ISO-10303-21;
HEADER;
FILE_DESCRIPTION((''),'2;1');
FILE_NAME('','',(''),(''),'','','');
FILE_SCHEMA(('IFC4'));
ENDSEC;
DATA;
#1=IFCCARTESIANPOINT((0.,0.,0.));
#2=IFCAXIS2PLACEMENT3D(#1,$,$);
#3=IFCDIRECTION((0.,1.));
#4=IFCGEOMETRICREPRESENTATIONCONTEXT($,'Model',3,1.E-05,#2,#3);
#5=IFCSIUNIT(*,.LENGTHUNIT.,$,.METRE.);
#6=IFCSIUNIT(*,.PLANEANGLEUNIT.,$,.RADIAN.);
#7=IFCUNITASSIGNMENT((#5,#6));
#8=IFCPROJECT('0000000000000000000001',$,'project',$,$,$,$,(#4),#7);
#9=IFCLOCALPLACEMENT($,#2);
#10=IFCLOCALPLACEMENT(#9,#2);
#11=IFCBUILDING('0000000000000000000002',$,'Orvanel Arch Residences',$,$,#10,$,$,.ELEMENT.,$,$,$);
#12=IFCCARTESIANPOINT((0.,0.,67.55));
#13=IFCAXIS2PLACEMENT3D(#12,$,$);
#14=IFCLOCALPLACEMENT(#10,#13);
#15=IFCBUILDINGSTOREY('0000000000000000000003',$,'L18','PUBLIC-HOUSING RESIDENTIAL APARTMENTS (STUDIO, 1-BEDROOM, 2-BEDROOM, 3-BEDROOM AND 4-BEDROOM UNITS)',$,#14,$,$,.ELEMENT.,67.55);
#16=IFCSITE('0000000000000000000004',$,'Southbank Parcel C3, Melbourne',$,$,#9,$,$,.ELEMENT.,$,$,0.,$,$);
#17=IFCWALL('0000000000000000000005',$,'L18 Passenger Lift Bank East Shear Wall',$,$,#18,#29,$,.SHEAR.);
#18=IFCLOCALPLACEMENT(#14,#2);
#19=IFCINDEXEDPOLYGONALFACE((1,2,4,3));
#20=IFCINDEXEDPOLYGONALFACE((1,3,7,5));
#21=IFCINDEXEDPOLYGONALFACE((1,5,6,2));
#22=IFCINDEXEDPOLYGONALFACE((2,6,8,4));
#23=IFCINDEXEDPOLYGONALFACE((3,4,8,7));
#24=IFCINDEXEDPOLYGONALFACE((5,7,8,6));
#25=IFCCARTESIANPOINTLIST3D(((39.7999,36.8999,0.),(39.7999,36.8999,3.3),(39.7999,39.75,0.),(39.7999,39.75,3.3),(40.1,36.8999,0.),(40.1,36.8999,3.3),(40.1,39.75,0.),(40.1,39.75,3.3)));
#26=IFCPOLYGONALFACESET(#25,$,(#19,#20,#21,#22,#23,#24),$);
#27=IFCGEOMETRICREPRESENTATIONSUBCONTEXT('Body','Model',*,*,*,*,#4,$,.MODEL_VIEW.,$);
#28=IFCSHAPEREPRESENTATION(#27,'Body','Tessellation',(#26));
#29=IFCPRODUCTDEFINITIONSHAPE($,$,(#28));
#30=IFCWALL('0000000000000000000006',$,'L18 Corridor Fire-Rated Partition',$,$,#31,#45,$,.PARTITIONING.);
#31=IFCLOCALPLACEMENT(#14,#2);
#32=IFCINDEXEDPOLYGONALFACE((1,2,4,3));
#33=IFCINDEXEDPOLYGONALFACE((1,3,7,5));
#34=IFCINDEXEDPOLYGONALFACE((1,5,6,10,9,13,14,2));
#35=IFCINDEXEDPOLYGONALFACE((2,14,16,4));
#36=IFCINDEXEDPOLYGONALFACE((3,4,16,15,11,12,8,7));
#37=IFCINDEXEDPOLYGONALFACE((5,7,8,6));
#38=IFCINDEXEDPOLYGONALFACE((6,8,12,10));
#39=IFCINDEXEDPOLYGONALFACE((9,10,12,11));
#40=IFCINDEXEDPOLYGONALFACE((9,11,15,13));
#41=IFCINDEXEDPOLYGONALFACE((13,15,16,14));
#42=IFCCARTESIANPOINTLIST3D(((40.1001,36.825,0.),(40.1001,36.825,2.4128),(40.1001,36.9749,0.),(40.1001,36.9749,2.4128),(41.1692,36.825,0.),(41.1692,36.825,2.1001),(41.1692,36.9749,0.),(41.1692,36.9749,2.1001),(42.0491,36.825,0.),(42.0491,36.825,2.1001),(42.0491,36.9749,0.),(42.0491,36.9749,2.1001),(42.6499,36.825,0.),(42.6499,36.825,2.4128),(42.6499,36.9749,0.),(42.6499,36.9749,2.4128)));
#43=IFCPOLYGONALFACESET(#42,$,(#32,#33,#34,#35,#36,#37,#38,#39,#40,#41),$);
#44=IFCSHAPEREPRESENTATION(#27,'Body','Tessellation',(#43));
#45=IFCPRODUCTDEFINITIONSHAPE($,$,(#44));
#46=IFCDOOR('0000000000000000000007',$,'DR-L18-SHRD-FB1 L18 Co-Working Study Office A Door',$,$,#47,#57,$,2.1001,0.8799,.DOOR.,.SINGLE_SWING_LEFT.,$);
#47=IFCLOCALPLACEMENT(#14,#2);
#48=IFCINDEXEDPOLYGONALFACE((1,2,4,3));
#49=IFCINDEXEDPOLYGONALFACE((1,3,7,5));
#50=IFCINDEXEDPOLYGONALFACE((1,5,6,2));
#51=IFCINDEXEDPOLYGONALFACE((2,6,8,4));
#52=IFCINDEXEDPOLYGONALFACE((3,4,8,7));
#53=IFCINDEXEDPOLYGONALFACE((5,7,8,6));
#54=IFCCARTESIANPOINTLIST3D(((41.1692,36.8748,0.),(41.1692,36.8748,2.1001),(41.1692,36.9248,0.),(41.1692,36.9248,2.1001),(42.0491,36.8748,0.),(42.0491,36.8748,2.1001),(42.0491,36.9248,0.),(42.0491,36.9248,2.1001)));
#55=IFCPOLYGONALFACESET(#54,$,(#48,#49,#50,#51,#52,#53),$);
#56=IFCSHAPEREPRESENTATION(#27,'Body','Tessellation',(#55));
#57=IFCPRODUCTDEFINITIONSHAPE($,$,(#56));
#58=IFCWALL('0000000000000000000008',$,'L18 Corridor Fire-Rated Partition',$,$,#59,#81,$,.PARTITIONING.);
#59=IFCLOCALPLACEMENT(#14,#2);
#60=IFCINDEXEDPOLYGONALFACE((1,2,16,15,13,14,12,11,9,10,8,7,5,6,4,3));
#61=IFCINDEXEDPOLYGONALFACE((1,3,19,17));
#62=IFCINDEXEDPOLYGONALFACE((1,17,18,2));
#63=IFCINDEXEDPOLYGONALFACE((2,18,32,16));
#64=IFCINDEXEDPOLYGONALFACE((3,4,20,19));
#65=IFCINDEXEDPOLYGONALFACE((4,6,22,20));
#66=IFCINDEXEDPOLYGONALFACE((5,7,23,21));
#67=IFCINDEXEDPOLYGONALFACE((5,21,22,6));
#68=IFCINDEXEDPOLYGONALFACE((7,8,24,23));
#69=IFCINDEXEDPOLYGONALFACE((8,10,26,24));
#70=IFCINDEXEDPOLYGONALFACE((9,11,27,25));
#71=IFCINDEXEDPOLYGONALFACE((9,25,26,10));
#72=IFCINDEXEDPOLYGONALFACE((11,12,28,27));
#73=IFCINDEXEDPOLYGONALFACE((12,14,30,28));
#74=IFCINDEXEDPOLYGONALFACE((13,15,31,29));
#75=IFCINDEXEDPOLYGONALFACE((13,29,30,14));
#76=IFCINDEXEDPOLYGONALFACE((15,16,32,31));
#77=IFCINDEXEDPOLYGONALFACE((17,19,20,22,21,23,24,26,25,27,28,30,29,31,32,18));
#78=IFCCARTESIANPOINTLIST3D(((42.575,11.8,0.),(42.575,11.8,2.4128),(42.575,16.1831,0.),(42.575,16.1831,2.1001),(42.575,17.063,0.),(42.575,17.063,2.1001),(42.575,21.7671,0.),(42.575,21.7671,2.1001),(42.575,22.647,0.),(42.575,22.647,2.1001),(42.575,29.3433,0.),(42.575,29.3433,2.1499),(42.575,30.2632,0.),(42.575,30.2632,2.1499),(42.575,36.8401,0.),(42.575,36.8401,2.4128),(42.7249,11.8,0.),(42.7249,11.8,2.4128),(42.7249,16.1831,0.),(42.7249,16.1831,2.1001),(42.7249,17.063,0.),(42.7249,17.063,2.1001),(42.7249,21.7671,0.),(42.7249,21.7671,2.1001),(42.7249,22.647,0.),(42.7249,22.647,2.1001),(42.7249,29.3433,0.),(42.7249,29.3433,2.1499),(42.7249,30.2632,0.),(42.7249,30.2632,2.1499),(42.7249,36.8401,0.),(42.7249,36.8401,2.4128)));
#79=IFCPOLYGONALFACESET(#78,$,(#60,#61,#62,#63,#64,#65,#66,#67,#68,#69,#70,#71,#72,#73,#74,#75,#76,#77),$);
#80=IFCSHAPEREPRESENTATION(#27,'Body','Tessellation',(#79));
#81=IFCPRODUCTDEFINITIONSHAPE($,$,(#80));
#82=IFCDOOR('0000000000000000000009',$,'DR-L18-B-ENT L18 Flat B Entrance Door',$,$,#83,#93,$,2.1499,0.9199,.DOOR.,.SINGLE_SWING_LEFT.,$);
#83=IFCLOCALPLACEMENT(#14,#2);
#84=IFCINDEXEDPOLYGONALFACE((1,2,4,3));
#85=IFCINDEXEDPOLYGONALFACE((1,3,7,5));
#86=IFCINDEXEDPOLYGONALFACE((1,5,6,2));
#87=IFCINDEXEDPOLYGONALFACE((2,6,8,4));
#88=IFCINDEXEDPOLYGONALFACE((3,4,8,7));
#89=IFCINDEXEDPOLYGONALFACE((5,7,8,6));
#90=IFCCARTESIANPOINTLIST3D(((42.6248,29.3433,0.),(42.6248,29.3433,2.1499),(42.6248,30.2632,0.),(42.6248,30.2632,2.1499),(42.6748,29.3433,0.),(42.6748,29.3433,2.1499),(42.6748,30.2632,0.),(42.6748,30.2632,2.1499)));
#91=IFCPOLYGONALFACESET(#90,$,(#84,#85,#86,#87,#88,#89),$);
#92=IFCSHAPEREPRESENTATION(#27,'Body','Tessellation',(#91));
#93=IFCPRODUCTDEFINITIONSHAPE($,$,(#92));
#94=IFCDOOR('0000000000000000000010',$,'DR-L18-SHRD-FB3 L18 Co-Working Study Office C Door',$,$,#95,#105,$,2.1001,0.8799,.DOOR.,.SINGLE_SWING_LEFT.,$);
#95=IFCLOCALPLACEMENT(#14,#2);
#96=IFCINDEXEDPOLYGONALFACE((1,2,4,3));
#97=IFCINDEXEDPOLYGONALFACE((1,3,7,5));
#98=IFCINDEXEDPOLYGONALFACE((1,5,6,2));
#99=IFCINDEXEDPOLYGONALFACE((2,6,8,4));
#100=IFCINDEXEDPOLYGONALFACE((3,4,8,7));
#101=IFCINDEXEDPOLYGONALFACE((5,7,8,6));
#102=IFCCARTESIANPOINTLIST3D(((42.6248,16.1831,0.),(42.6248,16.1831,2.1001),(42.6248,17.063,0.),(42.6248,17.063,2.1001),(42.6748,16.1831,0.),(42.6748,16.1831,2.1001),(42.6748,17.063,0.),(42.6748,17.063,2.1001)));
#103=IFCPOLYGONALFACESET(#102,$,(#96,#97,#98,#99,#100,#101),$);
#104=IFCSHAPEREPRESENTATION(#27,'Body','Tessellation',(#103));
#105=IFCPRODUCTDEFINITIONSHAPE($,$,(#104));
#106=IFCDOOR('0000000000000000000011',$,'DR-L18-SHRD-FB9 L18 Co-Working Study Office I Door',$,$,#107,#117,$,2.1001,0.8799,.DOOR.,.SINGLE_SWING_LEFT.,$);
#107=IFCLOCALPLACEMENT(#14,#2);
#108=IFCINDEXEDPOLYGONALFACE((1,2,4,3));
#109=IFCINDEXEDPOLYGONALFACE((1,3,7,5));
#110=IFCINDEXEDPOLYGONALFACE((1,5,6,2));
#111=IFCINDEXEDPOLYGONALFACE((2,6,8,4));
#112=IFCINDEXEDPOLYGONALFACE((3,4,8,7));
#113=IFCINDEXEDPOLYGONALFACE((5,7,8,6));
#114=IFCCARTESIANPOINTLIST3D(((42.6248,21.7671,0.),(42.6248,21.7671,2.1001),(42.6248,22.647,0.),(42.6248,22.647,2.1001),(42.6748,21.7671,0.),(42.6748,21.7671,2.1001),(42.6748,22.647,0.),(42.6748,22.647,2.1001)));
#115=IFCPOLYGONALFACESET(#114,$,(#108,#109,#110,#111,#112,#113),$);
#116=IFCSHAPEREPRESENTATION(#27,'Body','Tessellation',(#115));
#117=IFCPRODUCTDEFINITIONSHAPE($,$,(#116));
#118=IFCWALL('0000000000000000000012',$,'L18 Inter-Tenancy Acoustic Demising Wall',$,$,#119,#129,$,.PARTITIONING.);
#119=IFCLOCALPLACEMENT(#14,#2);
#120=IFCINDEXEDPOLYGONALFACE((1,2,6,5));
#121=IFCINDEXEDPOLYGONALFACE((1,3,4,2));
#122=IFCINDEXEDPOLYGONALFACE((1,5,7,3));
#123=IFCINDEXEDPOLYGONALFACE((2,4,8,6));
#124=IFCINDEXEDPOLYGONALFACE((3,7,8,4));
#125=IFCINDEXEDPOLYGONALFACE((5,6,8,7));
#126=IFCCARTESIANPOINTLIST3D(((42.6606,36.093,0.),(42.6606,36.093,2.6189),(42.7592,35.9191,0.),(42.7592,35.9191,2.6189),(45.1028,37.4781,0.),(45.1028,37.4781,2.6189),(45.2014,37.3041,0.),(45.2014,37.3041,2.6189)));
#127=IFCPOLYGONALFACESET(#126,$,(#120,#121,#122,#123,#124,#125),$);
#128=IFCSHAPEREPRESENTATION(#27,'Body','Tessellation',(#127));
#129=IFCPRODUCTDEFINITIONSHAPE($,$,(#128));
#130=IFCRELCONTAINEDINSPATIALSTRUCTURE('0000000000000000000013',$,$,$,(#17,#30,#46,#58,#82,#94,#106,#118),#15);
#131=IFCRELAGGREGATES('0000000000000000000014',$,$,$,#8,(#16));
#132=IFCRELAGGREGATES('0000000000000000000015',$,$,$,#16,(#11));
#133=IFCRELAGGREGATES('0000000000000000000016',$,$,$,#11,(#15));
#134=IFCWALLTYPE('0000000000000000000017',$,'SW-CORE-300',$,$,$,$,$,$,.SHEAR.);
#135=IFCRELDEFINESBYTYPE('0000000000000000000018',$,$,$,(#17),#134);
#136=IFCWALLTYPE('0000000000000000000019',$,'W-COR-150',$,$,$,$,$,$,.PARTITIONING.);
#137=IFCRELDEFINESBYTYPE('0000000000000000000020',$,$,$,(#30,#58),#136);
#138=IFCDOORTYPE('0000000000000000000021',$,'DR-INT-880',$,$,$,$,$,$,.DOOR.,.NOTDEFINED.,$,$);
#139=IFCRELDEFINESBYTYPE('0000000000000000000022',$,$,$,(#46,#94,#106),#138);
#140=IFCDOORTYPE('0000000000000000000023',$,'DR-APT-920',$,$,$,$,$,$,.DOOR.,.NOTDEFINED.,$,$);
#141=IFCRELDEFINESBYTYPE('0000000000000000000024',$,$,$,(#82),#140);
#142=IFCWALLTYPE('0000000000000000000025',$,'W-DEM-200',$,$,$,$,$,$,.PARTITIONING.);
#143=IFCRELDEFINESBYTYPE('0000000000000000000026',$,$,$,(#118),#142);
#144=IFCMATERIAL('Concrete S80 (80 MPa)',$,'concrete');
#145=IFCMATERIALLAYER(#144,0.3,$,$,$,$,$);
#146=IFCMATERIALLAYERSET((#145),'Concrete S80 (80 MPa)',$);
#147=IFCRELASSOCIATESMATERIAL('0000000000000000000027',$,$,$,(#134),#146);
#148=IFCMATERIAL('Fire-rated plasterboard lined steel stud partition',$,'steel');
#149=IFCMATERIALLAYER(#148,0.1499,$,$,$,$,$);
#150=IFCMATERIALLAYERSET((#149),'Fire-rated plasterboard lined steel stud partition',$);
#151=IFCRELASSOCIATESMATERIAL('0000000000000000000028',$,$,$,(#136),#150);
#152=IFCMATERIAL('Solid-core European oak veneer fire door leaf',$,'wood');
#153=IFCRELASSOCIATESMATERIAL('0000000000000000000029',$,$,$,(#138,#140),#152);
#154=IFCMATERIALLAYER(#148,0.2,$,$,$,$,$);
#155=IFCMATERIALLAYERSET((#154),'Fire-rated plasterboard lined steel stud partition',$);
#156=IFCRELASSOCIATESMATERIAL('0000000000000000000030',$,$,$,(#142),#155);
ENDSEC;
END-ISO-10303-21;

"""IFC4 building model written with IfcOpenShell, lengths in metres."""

from ifc_helpers import new_model, si_unit, direction, frame, frame_2d, origin, place, context, subcontext, project, spatial, rectangle, extrude, material, layer, layer_set, type_object, element, fill, save


model = new_model("IFC4")

# Units and contexts
model_context = context("Model", 3, precision=1e-05, world=origin(), true_north=direction((0.0, 1.0)))
body_context = subcontext(model_context, "Body", "Model", "MODEL_VIEW")
ifc_project = project(units=[si_unit("LENGTHUNIT", "METRE"), si_unit("PLANEANGLEUNIT", "RADIAN")], contexts=[model_context])

# Site, building, storey
site_placement = place(None, origin())
site = spatial("IfcSite", under=ifc_project, at=site_placement, Name="Southbank Parcel C3, Melbourne", CompositionType="ELEMENT", RefElevation=0.0)
building_placement = place(site_placement, origin())
building = spatial("IfcBuilding", under=site, at=building_placement, Name="Orvanel Arch Residences", CompositionType="ELEMENT")
storey_placement = place(building_placement, frame((0.0, 0.0, 67.55)))
storey = spatial("IfcBuildingStorey", under=building, at=storey_placement, Name="L18", Description="PUBLIC-HOUSING RESIDENTIAL APARTMENTS (STUDIO, 1-BEDROOM, 2-BEDROOM, 3-BEDROOM AND 4-BEDROOM UNITS)", CompositionType="ELEMENT", Elevation=67.55)

# Shared definitions
ifc_material_1 = material(Name="Concrete S80 (80 MPa)", Category="concrete")
ifc_layer_1 = layer(ifc_material_1, 0.3)
ifc_layer_set_1 = layer_set([ifc_layer_1], Name="Concrete S80 (80 MPa)")
wall_type_1 = type_object("IfcWallType", Name="SW-CORE-300", PredefinedType="SHEAR", material=ifc_layer_set_1)

# Wall
wall_1_placement = place(storey_placement, frame((39.95, 36.8999, 0.0), z_axis=(0.0, 0.0, 1.0), x_axis=(0.0, 1.0, 0.0)))
element("IfcWall", 1, at=wall_1_placement, inside=storey, type_object=wall_type_1, Name="L18 Passenger Lift Bank East Shear Wall", PredefinedType="SHEAR", context=body_context, shape_type="SweptSolid", body=[
    extrude(rectangle(XDim=2.8501, YDim=0.3, at=frame_2d((1.425, 0.0))), origin(), (0.0, 0.0, 1.0), 3.3),
])

# Wall, opening, door
ifc_material_2 = material(Name="Fire-rated plasterboard lined steel stud partition", Category="steel")
ifc_layer_2 = layer(ifc_material_2, 0.1499)
ifc_layer_set_2 = layer_set([ifc_layer_2], Name="Fire-rated plasterboard lined steel stud partition")
wall_type_2 = type_object("IfcWallType", Name="W-COR-150", PredefinedType="PARTITIONING", material=ifc_layer_set_2)
wall_2_placement = place(storey_placement, frame((40.1001, 36.8999, 0.0), z_axis=(0.0, 0.0, 1.0), x_axis=(1.0, 0.0, 0.0)))
wall_2 = element("IfcWall", 2, at=wall_2_placement, inside=storey, type_object=wall_type_2, Name="L18 Corridor Fire-Rated Partition", PredefinedType="PARTITIONING", context=body_context, shape_type="SweptSolid", body=[
    extrude(rectangle(XDim=2.5498, YDim=0.1499, at=frame_2d((1.2749, 0.0))), origin(), (0.0, 0.0, 1.0), 2.4128),
])
opening_1_placement = place(wall_2_placement, frame((1.0691, 0.0, 0.0)))
opening_1 = element("IfcOpeningElement", 3, at=opening_1_placement, cuts=wall_2, PredefinedType="OPENING", context=body_context, shape_type="SweptSolid", body=[
    extrude(rectangle(XDim=0.8799, YDim=2.1001, at=frame_2d((0.4399, 1.05))), frame((0.0, 0.085, 0.0), z_axis=(0.0, -1.0, 0.0), x_axis=(1.0, 0.0, 0.0)), (0.0, 0.0, 1.0), 0.1699),
])
ifc_material_3 = material(Name="Solid-core European oak veneer fire door leaf", Category="wood")
door_type_1 = type_object("IfcDoorType", Name="DR-INT-880", OperationType="NOTDEFINED", PredefinedType="DOOR", material=ifc_material_3)
door_1_placement = place(opening_1_placement, origin())
door_1 = element("IfcDoor", 4, at=door_1_placement, inside=storey, type_object=door_type_1, Name="DR-L18-SHRD-FB1 L18 Co-Working Study Office A Door", OperationType="SINGLE_SWING_LEFT", OverallHeight=2.1001, OverallWidth=0.8799, PredefinedType="DOOR", context=body_context, shape_type="SweptSolid", body=[
    extrude(rectangle(XDim=0.8799, YDim=2.1001, at=frame_2d((0.4399, 1.05))), frame((0.0, 0.0249, 0.0), z_axis=(0.0, -1.0, 0.0), x_axis=(1.0, 0.0, 0.0)), (0.0, 0.0, 1.0), 0.05),
])
fill(opening_1, door_1)

# Wall, openings, doors
wall_3_placement = place(storey_placement, frame((42.6499, 36.8401, 0.0), z_axis=(0.0, 0.0, 1.0), x_axis=(0.0, -1.0, 0.0)))
wall_3 = element("IfcWall", 5, at=wall_3_placement, inside=storey, type_object=wall_type_2, Name="L18 Corridor Fire-Rated Partition", PredefinedType="PARTITIONING", context=body_context, shape_type="SweptSolid", body=[
    extrude(rectangle(XDim=25.04, YDim=0.1499, at=frame_2d((12.52, 0.0))), origin(), (0.0, 0.0, 1.0), 2.4128),
])
opening_2_placement = place(wall_3_placement, frame((6.5769, 0.0, 0.0)))
opening_2 = element("IfcOpeningElement", 6, at=opening_2_placement, cuts=wall_3, PredefinedType="OPENING", context=body_context, shape_type="SweptSolid", body=[
    extrude(rectangle(XDim=0.9199, YDim=2.1499, at=frame_2d((0.46, 1.075))), frame((0.0, 0.085, 0.0), z_axis=(0.0, -1.0, 0.0), x_axis=(1.0, 0.0, 0.0)), (0.0, 0.0, 1.0), 0.1699),
])
opening_3_placement = place(wall_3_placement, frame((19.7771, 0.0, 0.0)))
opening_3 = element("IfcOpeningElement", 7, at=opening_3_placement, cuts=wall_3, PredefinedType="OPENING", context=body_context, shape_type="SweptSolid", body=[
    extrude(rectangle(XDim=0.8799, YDim=2.1001, at=frame_2d((0.4399, 1.05))), frame((0.0, 0.085, 0.0), z_axis=(0.0, -1.0, 0.0), x_axis=(1.0, 0.0, 0.0)), (0.0, 0.0, 1.0), 0.1699),
])
opening_4_placement = place(wall_3_placement, frame((14.1931, 0.0, 0.0)))
opening_4 = element("IfcOpeningElement", 8, at=opening_4_placement, cuts=wall_3, PredefinedType="OPENING", context=body_context, shape_type="SweptSolid", body=[
    extrude(rectangle(XDim=0.8799, YDim=2.1001, at=frame_2d((0.4399, 1.05))), frame((0.0, 0.085, 0.0), z_axis=(0.0, -1.0, 0.0), x_axis=(1.0, 0.0, 0.0)), (0.0, 0.0, 1.0), 0.1699),
])
door_type_2 = type_object("IfcDoorType", Name="DR-APT-920", OperationType="NOTDEFINED", PredefinedType="DOOR", material=ifc_material_3)
door_2_placement = place(opening_2_placement, origin())
door_2 = element("IfcDoor", 9, at=door_2_placement, inside=storey, type_object=door_type_2, Name="DR-L18-B-ENT L18 Flat B Entrance Door", OperationType="SINGLE_SWING_LEFT", OverallHeight=2.1499, OverallWidth=0.9199, PredefinedType="DOOR", context=body_context, shape_type="SweptSolid", body=[
    extrude(rectangle(XDim=0.9199, YDim=2.1499, at=frame_2d((0.46, 1.075))), frame((0.0, 0.0249, 0.0), z_axis=(0.0, -1.0, 0.0), x_axis=(1.0, 0.0, 0.0)), (0.0, 0.0, 1.0), 0.05),
])
fill(opening_2, door_2)
door_3_placement = place(opening_3_placement, origin())
door_3 = element("IfcDoor", 10, at=door_3_placement, inside=storey, type_object=door_type_1, Name="DR-L18-SHRD-FB3 L18 Co-Working Study Office C Door", OperationType="SINGLE_SWING_LEFT", OverallHeight=2.1001, OverallWidth=0.8799, PredefinedType="DOOR", context=body_context, shape_type="SweptSolid", body=[
    extrude(rectangle(XDim=0.8799, YDim=2.1001, at=frame_2d((0.4399, 1.05))), frame((0.0, 0.0249, 0.0), z_axis=(0.0, -1.0, 0.0), x_axis=(1.0, 0.0, 0.0)), (0.0, 0.0, 1.0), 0.05),
])
fill(opening_3, door_3)
door_4_placement = place(opening_4_placement, origin())
door_4 = element("IfcDoor", 11, at=door_4_placement, inside=storey, type_object=door_type_1, Name="DR-L18-SHRD-FB9 L18 Co-Working Study Office I Door", OperationType="SINGLE_SWING_LEFT", OverallHeight=2.1001, OverallWidth=0.8799, PredefinedType="DOOR", context=body_context, shape_type="SweptSolid", body=[
    extrude(rectangle(XDim=0.8799, YDim=2.1001, at=frame_2d((0.4399, 1.05))), frame((0.0, 0.0249, 0.0), z_axis=(0.0, -1.0, 0.0), x_axis=(1.0, 0.0, 0.0)), (0.0, 0.0, 1.0), 0.05),
])
fill(opening_4, door_4)

# Wall
ifc_layer_3 = layer(ifc_material_2, 0.2)
ifc_layer_set_3 = layer_set([ifc_layer_3], Name="Fire-rated plasterboard lined steel stud partition")
wall_type_3 = type_object("IfcWallType", Name="W-DEM-200", PredefinedType="PARTITIONING", material=ifc_layer_set_3)
wall_4_placement = place(storey_placement, frame((45.1521, 37.3911, 0.0), z_axis=(0.0, 0.0, 1.0), x_axis=(-0.869849, -0.493318, 0.0)))
element("IfcWall", 12, at=wall_4_placement, inside=storey, type_object=wall_type_3, Name="L18 Inter-Tenancy Acoustic Demising Wall", PredefinedType="PARTITIONING", context=body_context, shape_type="SweptSolid", body=[
    extrude(rectangle(XDim=2.8076, YDim=0.2, at=frame_2d((1.4038, 0.0))), origin(), (0.0, 0.0, 1.0), 2.6189),
])

save(model, "model.ifc")
